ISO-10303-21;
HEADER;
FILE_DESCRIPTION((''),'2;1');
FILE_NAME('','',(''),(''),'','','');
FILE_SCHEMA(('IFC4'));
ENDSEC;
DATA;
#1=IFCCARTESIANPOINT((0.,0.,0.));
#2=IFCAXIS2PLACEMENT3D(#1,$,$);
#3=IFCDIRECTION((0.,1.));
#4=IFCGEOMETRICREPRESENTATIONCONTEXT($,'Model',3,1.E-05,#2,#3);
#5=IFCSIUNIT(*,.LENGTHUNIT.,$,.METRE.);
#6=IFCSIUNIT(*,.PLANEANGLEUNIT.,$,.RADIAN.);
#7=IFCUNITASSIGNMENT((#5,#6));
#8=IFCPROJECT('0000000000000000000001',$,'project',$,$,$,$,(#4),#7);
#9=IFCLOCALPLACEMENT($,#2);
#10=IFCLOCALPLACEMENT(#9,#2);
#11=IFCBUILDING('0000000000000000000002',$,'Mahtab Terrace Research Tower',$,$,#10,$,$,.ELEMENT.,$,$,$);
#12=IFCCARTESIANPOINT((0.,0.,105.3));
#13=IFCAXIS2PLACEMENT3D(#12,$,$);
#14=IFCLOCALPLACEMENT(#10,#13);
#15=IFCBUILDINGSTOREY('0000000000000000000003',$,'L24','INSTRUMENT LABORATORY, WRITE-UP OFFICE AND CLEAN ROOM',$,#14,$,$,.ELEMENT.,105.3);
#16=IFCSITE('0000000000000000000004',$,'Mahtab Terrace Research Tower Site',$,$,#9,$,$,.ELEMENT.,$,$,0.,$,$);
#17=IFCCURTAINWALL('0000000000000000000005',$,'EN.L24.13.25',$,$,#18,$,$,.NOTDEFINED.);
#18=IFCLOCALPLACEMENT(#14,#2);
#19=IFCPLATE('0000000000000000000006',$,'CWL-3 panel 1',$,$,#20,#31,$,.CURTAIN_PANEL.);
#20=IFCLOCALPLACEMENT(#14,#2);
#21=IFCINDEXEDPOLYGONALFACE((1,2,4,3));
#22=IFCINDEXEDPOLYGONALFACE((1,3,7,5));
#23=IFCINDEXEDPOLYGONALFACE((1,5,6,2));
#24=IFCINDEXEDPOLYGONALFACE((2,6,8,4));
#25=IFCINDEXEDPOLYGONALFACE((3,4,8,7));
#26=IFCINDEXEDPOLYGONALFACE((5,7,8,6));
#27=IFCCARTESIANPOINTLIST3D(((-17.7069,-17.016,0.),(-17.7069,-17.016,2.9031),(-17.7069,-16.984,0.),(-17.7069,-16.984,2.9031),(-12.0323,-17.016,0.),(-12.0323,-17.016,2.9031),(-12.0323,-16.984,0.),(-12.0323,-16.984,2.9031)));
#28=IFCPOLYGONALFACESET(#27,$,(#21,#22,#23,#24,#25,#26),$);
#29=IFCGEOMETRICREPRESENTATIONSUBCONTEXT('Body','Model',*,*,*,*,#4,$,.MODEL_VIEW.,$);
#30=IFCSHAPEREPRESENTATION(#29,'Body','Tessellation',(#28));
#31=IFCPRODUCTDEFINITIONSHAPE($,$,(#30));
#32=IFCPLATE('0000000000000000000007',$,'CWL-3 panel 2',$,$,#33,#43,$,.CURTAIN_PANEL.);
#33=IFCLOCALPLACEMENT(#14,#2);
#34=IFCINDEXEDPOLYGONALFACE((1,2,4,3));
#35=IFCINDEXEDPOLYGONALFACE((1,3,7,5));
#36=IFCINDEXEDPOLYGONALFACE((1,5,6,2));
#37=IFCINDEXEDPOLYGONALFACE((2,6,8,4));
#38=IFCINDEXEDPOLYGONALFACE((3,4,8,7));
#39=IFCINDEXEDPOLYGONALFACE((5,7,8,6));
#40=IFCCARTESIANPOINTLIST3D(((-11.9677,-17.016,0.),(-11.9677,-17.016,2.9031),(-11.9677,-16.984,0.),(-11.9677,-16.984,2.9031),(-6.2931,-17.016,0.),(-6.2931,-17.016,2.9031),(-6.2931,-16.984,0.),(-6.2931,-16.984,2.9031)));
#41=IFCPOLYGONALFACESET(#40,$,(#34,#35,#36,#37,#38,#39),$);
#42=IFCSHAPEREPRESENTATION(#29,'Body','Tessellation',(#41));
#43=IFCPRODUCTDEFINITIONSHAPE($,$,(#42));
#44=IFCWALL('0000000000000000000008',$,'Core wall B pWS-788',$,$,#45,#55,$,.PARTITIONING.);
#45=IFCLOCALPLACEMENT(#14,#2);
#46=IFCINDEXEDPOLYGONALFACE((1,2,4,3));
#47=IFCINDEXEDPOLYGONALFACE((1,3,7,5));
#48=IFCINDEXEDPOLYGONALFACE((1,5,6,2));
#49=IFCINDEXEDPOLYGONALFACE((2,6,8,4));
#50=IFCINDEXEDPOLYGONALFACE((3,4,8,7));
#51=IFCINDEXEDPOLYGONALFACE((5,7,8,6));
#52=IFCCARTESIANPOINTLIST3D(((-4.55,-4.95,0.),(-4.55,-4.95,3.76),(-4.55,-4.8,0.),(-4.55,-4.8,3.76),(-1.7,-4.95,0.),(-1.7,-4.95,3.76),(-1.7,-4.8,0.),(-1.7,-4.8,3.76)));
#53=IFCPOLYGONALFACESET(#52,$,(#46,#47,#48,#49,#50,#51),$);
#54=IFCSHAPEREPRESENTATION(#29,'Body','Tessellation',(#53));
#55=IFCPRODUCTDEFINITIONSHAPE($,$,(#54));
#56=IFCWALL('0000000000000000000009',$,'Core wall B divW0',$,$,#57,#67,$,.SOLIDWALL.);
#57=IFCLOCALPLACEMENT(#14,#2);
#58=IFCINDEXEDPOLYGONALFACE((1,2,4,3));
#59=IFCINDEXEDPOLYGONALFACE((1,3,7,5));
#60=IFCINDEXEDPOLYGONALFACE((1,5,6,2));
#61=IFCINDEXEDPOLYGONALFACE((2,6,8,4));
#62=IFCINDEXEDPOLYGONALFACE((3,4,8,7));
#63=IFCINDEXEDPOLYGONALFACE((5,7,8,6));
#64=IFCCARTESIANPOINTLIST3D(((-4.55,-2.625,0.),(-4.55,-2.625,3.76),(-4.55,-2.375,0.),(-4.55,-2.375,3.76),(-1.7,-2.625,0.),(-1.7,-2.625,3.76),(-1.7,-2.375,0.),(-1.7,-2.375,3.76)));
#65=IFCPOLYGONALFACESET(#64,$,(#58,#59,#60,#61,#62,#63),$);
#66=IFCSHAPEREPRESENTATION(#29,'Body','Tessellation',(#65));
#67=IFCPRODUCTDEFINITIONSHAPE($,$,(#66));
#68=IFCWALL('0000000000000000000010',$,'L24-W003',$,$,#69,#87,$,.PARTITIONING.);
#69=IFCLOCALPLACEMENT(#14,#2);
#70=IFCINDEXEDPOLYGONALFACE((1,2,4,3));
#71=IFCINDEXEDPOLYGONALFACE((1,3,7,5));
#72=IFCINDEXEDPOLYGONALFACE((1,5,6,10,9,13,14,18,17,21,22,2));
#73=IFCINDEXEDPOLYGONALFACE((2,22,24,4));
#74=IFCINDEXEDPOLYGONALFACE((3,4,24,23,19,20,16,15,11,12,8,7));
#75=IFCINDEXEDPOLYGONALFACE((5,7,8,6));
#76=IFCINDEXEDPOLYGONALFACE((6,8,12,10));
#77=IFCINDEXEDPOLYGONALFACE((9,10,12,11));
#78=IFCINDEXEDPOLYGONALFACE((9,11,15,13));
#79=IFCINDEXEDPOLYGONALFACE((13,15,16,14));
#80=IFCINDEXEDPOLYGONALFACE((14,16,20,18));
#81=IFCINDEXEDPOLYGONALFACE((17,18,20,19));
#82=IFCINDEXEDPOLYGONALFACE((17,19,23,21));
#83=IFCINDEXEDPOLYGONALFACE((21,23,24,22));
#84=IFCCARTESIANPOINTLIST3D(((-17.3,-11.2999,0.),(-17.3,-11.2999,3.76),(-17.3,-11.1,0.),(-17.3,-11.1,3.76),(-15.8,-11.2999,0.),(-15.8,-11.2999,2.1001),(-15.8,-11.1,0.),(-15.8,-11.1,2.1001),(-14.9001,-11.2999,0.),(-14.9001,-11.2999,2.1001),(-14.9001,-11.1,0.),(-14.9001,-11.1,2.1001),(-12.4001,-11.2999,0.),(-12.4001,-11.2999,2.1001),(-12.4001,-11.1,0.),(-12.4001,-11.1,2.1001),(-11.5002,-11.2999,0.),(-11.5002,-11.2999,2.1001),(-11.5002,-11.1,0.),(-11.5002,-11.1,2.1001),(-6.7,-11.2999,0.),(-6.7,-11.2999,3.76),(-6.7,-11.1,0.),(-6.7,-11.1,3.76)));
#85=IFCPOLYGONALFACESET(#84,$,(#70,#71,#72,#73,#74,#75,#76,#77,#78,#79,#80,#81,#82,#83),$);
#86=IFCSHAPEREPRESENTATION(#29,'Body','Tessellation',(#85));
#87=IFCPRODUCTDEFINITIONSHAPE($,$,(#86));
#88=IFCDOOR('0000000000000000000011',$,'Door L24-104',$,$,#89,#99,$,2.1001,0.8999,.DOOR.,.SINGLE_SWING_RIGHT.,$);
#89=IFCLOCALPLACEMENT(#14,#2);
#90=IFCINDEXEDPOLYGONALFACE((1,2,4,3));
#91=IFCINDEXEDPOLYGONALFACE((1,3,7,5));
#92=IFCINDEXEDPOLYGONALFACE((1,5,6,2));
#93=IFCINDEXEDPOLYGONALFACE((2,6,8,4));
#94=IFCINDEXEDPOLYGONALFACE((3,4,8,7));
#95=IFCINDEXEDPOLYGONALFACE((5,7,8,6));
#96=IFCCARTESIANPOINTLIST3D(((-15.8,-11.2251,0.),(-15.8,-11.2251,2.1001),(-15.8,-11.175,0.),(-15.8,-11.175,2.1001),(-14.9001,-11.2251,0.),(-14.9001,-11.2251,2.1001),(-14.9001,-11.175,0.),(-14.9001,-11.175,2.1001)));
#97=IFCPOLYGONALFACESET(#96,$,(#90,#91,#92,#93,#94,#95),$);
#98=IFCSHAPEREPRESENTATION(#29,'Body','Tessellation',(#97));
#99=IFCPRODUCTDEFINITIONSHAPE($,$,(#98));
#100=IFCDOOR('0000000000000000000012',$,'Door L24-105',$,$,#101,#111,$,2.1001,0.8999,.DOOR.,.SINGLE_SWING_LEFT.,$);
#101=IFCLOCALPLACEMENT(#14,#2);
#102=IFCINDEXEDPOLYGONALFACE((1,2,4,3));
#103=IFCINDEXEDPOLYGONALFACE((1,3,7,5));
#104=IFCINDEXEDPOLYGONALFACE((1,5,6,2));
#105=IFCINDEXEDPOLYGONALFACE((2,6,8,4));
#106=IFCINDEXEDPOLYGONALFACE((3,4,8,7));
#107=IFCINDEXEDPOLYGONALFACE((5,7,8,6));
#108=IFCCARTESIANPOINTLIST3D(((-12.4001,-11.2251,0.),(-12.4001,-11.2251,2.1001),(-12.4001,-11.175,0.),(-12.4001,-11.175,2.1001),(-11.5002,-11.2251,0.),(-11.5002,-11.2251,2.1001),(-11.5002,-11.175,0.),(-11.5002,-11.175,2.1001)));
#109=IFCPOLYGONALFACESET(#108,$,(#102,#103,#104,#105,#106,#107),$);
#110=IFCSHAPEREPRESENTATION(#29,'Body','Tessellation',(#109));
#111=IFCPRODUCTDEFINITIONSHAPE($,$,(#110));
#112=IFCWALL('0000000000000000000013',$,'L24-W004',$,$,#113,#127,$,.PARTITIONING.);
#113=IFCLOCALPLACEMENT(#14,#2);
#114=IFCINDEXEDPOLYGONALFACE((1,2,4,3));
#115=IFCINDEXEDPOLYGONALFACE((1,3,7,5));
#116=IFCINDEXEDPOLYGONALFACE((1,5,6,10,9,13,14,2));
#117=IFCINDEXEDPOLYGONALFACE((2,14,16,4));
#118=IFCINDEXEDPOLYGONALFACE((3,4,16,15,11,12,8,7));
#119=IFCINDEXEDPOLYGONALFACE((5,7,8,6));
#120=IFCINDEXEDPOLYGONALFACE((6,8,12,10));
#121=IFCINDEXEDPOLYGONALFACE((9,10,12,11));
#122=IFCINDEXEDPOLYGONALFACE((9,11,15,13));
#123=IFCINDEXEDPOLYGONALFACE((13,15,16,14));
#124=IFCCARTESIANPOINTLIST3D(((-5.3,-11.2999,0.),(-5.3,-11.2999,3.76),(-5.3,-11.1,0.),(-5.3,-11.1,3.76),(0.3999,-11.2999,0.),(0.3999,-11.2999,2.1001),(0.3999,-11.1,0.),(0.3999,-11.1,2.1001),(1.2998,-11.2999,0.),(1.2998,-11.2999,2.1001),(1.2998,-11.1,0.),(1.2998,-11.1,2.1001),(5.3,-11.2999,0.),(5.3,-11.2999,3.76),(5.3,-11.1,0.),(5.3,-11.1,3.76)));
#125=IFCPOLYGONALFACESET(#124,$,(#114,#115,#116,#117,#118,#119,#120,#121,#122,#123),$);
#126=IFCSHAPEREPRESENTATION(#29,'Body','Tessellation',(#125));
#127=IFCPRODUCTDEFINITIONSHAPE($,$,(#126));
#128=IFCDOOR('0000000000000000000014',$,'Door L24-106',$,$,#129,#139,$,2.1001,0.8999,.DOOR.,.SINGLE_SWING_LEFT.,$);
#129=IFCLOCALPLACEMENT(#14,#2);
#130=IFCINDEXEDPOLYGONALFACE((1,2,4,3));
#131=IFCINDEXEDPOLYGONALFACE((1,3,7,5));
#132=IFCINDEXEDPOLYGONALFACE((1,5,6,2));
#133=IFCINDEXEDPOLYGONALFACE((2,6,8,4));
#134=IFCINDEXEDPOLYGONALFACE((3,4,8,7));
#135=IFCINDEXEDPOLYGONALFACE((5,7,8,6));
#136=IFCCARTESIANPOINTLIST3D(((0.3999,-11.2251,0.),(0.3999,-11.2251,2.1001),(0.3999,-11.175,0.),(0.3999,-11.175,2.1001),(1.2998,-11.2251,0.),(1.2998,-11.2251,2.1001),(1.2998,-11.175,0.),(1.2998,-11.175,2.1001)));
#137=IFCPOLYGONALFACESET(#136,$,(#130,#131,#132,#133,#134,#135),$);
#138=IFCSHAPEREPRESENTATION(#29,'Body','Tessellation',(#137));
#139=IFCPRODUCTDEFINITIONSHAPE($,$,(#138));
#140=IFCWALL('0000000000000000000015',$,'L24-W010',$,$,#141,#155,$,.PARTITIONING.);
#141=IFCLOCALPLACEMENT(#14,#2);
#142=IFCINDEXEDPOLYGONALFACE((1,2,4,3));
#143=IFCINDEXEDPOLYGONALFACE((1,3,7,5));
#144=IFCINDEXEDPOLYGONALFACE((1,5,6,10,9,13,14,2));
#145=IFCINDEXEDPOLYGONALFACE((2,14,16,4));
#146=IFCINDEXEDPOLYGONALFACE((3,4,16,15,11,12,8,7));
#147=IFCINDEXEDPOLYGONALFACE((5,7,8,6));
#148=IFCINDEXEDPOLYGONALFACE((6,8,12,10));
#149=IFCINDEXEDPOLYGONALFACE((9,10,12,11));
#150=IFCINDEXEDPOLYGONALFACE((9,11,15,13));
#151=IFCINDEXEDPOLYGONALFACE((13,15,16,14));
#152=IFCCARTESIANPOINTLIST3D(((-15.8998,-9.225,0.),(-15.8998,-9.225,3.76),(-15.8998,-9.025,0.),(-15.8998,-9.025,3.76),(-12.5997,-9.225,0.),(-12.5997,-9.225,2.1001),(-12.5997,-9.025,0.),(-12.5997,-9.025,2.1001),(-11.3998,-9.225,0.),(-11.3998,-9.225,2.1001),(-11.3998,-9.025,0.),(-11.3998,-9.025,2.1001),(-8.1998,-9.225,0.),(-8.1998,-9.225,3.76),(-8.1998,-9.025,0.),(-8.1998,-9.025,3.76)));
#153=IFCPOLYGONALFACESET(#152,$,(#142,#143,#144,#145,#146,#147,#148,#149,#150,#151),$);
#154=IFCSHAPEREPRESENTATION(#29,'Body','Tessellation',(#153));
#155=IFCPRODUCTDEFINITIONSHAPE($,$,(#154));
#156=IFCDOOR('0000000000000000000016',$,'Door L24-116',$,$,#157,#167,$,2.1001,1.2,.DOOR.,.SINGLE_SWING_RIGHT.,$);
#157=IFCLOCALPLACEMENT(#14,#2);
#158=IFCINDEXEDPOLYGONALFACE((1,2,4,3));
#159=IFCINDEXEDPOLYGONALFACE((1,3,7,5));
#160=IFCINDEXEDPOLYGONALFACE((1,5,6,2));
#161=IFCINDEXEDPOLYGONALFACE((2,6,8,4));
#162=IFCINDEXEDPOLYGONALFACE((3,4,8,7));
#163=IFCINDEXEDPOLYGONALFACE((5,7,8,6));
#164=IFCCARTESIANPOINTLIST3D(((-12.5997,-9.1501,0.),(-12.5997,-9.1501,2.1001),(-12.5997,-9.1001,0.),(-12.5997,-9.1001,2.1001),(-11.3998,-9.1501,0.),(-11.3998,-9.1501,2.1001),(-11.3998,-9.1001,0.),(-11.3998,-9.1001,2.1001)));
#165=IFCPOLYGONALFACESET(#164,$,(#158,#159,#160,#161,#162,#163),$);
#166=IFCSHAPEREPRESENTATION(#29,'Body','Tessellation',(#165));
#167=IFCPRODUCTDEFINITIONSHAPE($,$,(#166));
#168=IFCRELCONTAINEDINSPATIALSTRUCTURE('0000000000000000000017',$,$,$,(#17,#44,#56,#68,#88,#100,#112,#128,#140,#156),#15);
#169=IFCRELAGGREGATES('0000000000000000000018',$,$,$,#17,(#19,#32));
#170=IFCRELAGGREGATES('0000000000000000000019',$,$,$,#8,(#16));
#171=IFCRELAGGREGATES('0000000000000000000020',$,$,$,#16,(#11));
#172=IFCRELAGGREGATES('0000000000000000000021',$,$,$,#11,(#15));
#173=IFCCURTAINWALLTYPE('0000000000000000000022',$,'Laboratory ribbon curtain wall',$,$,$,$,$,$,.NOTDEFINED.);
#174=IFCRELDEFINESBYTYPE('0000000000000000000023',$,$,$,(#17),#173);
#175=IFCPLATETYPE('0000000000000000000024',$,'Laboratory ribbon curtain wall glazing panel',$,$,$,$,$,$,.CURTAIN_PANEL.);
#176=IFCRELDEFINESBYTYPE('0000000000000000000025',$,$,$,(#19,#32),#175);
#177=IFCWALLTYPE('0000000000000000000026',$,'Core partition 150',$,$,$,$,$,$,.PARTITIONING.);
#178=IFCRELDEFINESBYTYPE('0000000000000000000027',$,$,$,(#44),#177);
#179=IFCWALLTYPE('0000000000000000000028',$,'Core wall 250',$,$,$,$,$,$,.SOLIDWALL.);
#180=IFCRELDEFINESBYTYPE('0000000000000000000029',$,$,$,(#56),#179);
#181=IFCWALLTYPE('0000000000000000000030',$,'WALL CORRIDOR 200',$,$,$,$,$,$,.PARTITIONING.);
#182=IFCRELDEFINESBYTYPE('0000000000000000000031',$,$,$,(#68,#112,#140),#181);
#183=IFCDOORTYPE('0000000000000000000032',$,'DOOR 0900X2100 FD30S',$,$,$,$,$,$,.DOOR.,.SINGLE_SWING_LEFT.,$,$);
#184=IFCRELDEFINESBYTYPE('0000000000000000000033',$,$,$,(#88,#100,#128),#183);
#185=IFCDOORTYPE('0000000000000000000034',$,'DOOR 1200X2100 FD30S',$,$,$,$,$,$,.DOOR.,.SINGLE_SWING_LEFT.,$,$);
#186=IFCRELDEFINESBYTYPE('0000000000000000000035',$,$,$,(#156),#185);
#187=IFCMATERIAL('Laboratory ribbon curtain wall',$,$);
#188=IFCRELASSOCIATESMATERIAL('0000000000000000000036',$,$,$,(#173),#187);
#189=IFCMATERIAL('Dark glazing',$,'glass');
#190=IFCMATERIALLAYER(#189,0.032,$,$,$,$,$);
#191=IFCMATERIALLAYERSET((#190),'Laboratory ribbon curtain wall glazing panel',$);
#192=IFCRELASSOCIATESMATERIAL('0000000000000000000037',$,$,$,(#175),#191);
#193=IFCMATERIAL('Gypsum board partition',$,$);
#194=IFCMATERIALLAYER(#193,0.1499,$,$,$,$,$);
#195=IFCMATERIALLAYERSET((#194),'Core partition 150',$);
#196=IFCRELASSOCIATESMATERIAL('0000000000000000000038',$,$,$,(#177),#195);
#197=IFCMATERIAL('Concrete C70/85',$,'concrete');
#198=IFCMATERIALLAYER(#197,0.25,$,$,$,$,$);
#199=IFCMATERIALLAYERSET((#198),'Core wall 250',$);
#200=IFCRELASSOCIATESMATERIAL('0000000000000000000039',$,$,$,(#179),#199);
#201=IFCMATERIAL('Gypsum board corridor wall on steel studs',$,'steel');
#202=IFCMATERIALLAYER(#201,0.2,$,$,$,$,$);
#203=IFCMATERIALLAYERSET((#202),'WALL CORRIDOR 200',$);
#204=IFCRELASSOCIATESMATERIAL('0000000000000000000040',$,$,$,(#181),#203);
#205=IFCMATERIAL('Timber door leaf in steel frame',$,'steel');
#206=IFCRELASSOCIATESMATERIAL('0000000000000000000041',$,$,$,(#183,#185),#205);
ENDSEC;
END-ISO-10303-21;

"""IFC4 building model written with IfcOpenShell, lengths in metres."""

from ifc_helpers import new_model, si_unit, direction, frame, frame_2d, origin, origin_2d, place, context, subcontext, project, spatial, rectangle, extrude, material, layer, layer_set, type_object, element, fill, aggregate, save


model = new_model("IFC4")

# Units and contexts
model_context = context("Model", 3, precision=1e-05, world=origin(), true_north=direction((0.0, 1.0)))
body_context = subcontext(model_context, "Body", "Model", "MODEL_VIEW")
ifc_project = project(units=[si_unit("LENGTHUNIT", "METRE"), si_unit("PLANEANGLEUNIT", "RADIAN")], contexts=[model_context])

# Site, building, storey
site_placement = place(None, origin())
site = spatial("IfcSite", under=ifc_project, at=site_placement, Name="Mahtab Terrace Research Tower Site", CompositionType="ELEMENT", RefElevation=0.0)
building_placement = place(site_placement, origin())
building = spatial("IfcBuilding", under=site, at=building_placement, Name="Mahtab Terrace Research Tower", CompositionType="ELEMENT")
storey_placement = place(building_placement, frame((0.0, 0.0, 105.3)))
storey = spatial("IfcBuildingStorey", under=building, at=storey_placement, Name="L24", Description="INSTRUMENT LABORATORY, WRITE-UP OFFICE AND CLEAN ROOM", CompositionType="ELEMENT", Elevation=105.3)

# Shared definitions
ifc_material_1 = material(Name="Concrete C70/85", Category="concrete")

# Curtain wall
ifc_material_2 = material(Name="Laboratory ribbon curtain wall")
curtain_wall_type = type_object("IfcCurtainWallType", Name="Laboratory ribbon curtain wall", PredefinedType="NOTDEFINED", material=ifc_material_2)
curtain_wall_1_placement = place(storey_placement, origin())
curtain_wall_1 = element("IfcCurtainWall", 1, at=curtain_wall_1_placement, inside=storey, type_object=curtain_wall_type, Name="EN.L24.13.25", PredefinedType="NOTDEFINED")

# Plates
ifc_material_3 = material(Name="Dark glazing", Category="glass")
ifc_layer_1 = layer(ifc_material_3, 0.032)
ifc_layer_set_1 = layer_set([ifc_layer_1], Name="Laboratory ribbon curtain wall glazing panel")
plate_type = type_object("IfcPlateType", Name="Laboratory ribbon curtain wall glazing panel", PredefinedType="CURTAIN_PANEL", material=ifc_layer_set_1)
plate_1_placement = place(storey_placement, frame((-14.8696, -17.0, 0.0), z_axis=(0.0, 0.0, 1.0), x_axis=(1.0, 0.0, 0.0)))
plate_1 = element("IfcPlate", 2, at=plate_1_placement, type_object=plate_type, Name="CWL-3 panel 1", PredefinedType="CURTAIN_PANEL", context=body_context, shape_type="SweptSolid", body=[
    extrude(rectangle(XDim=5.6746, YDim=0.032, at=origin_2d()), origin(), (0.0, 0.0, 1.0), 2.9031),
])
plate_2_placement = place(storey_placement, frame((-9.1304, -17.0, 0.0), z_axis=(0.0, 0.0, 1.0), x_axis=(1.0, 0.0, 0.0)))
plate_2 = element("IfcPlate", 3, at=plate_2_placement, type_object=plate_type, Name="CWL-3 panel 2", PredefinedType="CURTAIN_PANEL", context=body_context, shape_type="SweptSolid", body=[
    extrude(rectangle(XDim=5.6746, YDim=0.032, at=origin_2d()), origin(), (0.0, 0.0, 1.0), 2.9031),
])
aggregate(curtain_wall_1, [plate_1, plate_2])

# Walls
ifc_material_4 = material(Name="Gypsum board partition")
ifc_layer_2 = layer(ifc_material_4, 0.1499)
ifc_layer_set_2 = layer_set([ifc_layer_2], Name="Core partition 150")
wall_type_1 = type_object("IfcWallType", Name="Core partition 150", PredefinedType="PARTITIONING", material=ifc_layer_set_2)
wall_1_placement = place(storey_placement, frame((-4.55, -4.875, 0.0), z_axis=(0.0, 0.0, 1.0), x_axis=(1.0, 0.0, 0.0)))
element("IfcWall", 4, at=wall_1_placement, inside=storey, type_object=wall_type_1, Name="Core wall B pWS-788", PredefinedType="PARTITIONING", context=body_context, shape_type="SweptSolid", body=[
    extrude(rectangle(XDim=2.8501, YDim=0.1499, at=frame_2d((1.425, 0.0))), origin(), (0.0, 0.0, 1.0), 3.76),
])
ifc_layer_3 = layer(ifc_material_1, 0.25)
ifc_layer_set_3 = layer_set([ifc_layer_3], Name="Core wall 250")
wall_type_2 = type_object("IfcWallType", Name="Core wall 250", PredefinedType="SOLIDWALL", material=ifc_layer_set_3)
wall_2_placement = place(storey_placement, frame((-4.55, -2.5, 0.0), z_axis=(0.0, 0.0, 1.0), x_axis=(1.0, 0.0, 0.0)))
element("IfcWall", 5, at=wall_2_placement, inside=storey, type_object=wall_type_2, Name="Core wall B divW0", PredefinedType="SOLIDWALL", context=body_context, shape_type="SweptSolid", body=[
    extrude(rectangle(XDim=2.8501, YDim=0.25, at=frame_2d((1.425, 0.0))), origin(), (0.0, 0.0, 1.0), 3.76),
])

# Wall, openings, doors
ifc_material_5 = material(Name="Gypsum board corridor wall on steel studs", Category="steel")
ifc_layer_4 = layer(ifc_material_5, 0.2)
ifc_layer_set_4 = layer_set([ifc_layer_4], Name="WALL CORRIDOR 200")
wall_type_3 = type_object("IfcWallType", Name="WALL CORRIDOR 200", PredefinedType="PARTITIONING", material=ifc_layer_set_4)
wall_3_placement = place(storey_placement, frame((-17.3, -11.2, 0.0), z_axis=(0.0, 0.0, 1.0), x_axis=(1.0, 0.0, 0.0)))
wall_3 = element("IfcWall", 6, at=wall_3_placement, inside=storey, type_object=wall_type_3, Name="L24-W003", PredefinedType="PARTITIONING", context=body_context, shape_type="SweptSolid", body=[
    extrude(rectangle(XDim=10.6001, YDim=0.2, at=frame_2d((5.3, 0.0))), origin(), (0.0, 0.0, 1.0), 3.76),
])
opening_1_placement = place(wall_3_placement, frame((1.5, 0.0, 0.0)))
opening_1 = element("IfcOpeningElement", 7, at=opening_1_placement, cuts=wall_3, PredefinedType="OPENING", context=body_context, shape_type="SweptSolid", body=[
    extrude(rectangle(XDim=0.8999, YDim=2.1001, at=frame_2d((0.45, 1.05))), frame((0.0, 0.1099, 0.0), z_axis=(0.0, -1.0, 0.0), x_axis=(1.0, 0.0, 0.0)), (0.0, 0.0, 1.0), 0.22),
])
opening_2_placement = place(wall_3_placement, frame((4.8999, 0.0, 0.0)))
opening_2 = element("IfcOpeningElement", 8, at=opening_2_placement, cuts=wall_3, PredefinedType="OPENING", context=body_context, shape_type="SweptSolid", body=[
    extrude(rectangle(XDim=0.8999, YDim=2.1001, at=frame_2d((0.45, 1.05))), frame((0.0, 0.1099, 0.0), z_axis=(0.0, -1.0, 0.0), x_axis=(1.0, 0.0, 0.0)), (0.0, 0.0, 1.0), 0.22),
])
ifc_material_6 = material(Name="Timber door leaf in steel frame", Category="steel")
door_type_1 = type_object("IfcDoorType", Name="DOOR 0900X2100 FD30S", OperationType="SINGLE_SWING_LEFT", PredefinedType="DOOR", material=ifc_material_6)
door_1_placement = place(opening_1_placement, origin())
door_1 = element("IfcDoor", 9, at=door_1_placement, inside=storey, type_object=door_type_1, Name="Door L24-104", OperationType="SINGLE_SWING_RIGHT", OverallHeight=2.1001, OverallWidth=0.8999, PredefinedType="DOOR", context=body_context, shape_type="SweptSolid", body=[
    extrude(rectangle(XDim=0.8999, YDim=2.1001, at=frame_2d((0.45, 1.05))), frame((0.0, 0.0249, 0.0), z_axis=(0.0, -1.0, 0.0), x_axis=(1.0, 0.0, 0.0)), (0.0, 0.0, 1.0), 0.05),
])
fill(opening_1, door_1)
door_2_placement = place(opening_2_placement, origin())
door_2 = element("IfcDoor", 10, at=door_2_placement, inside=storey, type_object=door_type_1, Name="Door L24-105", OperationType="SINGLE_SWING_LEFT", OverallHeight=2.1001, OverallWidth=0.8999, PredefinedType="DOOR", context=body_context, shape_type="SweptSolid", body=[
    extrude(rectangle(XDim=0.8999, YDim=2.1001, at=frame_2d((0.45, 1.05))), frame((0.0, 0.0249, 0.0), z_axis=(0.0, -1.0, 0.0), x_axis=(1.0, 0.0, 0.0)), (0.0, 0.0, 1.0), 0.05),
])
fill(opening_2, door_2)

# Walls, openings, doors
wall_4_placement = place(storey_placement, frame((-5.3, -11.2, 0.0), z_axis=(0.0, 0.0, 1.0), x_axis=(1.0, 0.0, 0.0)))
wall_4 = element("IfcWall", 11, at=wall_4_placement, inside=storey, type_object=wall_type_3, Name="L24-W004", PredefinedType="PARTITIONING", context=body_context, shape_type="SweptSolid", body=[
    extrude(rectangle(XDim=10.6001, YDim=0.2, at=frame_2d((5.3, 0.0))), origin(), (0.0, 0.0, 1.0), 3.76),
])
opening_3_placement = place(wall_4_placement, frame((5.7, 0.0, 0.0)))
opening_3 = element("IfcOpeningElement", 12, at=opening_3_placement, cuts=wall_4, PredefinedType="OPENING", context=body_context, shape_type="SweptSolid", body=[
    extrude(rectangle(XDim=0.8999, YDim=2.1001, at=frame_2d((0.45, 1.05))), frame((0.0, 0.1099, 0.0), z_axis=(0.0, -1.0, 0.0), x_axis=(1.0, 0.0, 0.0)), (0.0, 0.0, 1.0), 0.22),
])
door_3_placement = place(opening_3_placement, origin())
door_3 = element("IfcDoor", 13, at=door_3_placement, inside=storey, type_object=door_type_1, Name="Door L24-106", OperationType="SINGLE_SWING_LEFT", OverallHeight=2.1001, OverallWidth=0.8999, PredefinedType="DOOR", context=body_context, shape_type="SweptSolid", body=[
    extrude(rectangle(XDim=0.8999, YDim=2.1001, at=frame_2d((0.45, 1.05))), frame((0.0, 0.0249, 0.0), z_axis=(0.0, -1.0, 0.0), x_axis=(1.0, 0.0, 0.0)), (0.0, 0.0, 1.0), 0.05),
])
fill(opening_3, door_3)
wall_5_placement = place(storey_placement, frame((-15.8999, -9.125, 0.0), z_axis=(0.0, 0.0, 1.0), x_axis=(1.0, 0.0, 0.0)))
wall_5 = element("IfcWall", 14, at=wall_5_placement, inside=storey, type_object=wall_type_3, Name="L24-W010", PredefinedType="PARTITIONING", context=body_context, shape_type="SweptSolid", body=[
    extrude(rectangle(XDim=7.7, YDim=0.2, at=frame_2d((3.8501, 0.0))), origin(), (0.0, 0.0, 1.0), 3.76),
])
opening_4_placement = place(wall_5_placement, frame((3.3, 0.0, 0.0)))
opening_4 = element("IfcOpeningElement", 15, at=opening_4_placement, cuts=wall_5, PredefinedType="OPENING", context=body_context, shape_type="SweptSolid", body=[
    extrude(rectangle(XDim=1.2, YDim=2.1001, at=frame_2d((0.6001, 1.05))), frame((0.0, 0.1099, 0.0), z_axis=(0.0, -1.0, 0.0), x_axis=(1.0, 0.0, 0.0)), (0.0, 0.0, 1.0), 0.22),
])
door_type_2 = type_object("IfcDoorType", Name="DOOR 1200X2100 FD30S", OperationType="SINGLE_SWING_LEFT", PredefinedType="DOOR", material=ifc_material_6)
door_4_placement = place(opening_4_placement, origin())
door_4 = element("IfcDoor", 16, at=door_4_placement, inside=storey, type_object=door_type_2, Name="Door L24-116", OperationType="SINGLE_SWING_RIGHT", OverallHeight=2.1001, OverallWidth=1.2, PredefinedType="DOOR", context=body_context, shape_type="SweptSolid", body=[
    extrude(rectangle(XDim=1.2, YDim=2.1001, at=frame_2d((0.6001, 1.05))), frame((0.0, 0.0249, 0.0), z_axis=(0.0, -1.0, 0.0), x_axis=(1.0, 0.0, 0.0)), (0.0, 0.0, 1.0), 0.05),
])
fill(opening_4, door_4)

save(model, "model.ifc")
